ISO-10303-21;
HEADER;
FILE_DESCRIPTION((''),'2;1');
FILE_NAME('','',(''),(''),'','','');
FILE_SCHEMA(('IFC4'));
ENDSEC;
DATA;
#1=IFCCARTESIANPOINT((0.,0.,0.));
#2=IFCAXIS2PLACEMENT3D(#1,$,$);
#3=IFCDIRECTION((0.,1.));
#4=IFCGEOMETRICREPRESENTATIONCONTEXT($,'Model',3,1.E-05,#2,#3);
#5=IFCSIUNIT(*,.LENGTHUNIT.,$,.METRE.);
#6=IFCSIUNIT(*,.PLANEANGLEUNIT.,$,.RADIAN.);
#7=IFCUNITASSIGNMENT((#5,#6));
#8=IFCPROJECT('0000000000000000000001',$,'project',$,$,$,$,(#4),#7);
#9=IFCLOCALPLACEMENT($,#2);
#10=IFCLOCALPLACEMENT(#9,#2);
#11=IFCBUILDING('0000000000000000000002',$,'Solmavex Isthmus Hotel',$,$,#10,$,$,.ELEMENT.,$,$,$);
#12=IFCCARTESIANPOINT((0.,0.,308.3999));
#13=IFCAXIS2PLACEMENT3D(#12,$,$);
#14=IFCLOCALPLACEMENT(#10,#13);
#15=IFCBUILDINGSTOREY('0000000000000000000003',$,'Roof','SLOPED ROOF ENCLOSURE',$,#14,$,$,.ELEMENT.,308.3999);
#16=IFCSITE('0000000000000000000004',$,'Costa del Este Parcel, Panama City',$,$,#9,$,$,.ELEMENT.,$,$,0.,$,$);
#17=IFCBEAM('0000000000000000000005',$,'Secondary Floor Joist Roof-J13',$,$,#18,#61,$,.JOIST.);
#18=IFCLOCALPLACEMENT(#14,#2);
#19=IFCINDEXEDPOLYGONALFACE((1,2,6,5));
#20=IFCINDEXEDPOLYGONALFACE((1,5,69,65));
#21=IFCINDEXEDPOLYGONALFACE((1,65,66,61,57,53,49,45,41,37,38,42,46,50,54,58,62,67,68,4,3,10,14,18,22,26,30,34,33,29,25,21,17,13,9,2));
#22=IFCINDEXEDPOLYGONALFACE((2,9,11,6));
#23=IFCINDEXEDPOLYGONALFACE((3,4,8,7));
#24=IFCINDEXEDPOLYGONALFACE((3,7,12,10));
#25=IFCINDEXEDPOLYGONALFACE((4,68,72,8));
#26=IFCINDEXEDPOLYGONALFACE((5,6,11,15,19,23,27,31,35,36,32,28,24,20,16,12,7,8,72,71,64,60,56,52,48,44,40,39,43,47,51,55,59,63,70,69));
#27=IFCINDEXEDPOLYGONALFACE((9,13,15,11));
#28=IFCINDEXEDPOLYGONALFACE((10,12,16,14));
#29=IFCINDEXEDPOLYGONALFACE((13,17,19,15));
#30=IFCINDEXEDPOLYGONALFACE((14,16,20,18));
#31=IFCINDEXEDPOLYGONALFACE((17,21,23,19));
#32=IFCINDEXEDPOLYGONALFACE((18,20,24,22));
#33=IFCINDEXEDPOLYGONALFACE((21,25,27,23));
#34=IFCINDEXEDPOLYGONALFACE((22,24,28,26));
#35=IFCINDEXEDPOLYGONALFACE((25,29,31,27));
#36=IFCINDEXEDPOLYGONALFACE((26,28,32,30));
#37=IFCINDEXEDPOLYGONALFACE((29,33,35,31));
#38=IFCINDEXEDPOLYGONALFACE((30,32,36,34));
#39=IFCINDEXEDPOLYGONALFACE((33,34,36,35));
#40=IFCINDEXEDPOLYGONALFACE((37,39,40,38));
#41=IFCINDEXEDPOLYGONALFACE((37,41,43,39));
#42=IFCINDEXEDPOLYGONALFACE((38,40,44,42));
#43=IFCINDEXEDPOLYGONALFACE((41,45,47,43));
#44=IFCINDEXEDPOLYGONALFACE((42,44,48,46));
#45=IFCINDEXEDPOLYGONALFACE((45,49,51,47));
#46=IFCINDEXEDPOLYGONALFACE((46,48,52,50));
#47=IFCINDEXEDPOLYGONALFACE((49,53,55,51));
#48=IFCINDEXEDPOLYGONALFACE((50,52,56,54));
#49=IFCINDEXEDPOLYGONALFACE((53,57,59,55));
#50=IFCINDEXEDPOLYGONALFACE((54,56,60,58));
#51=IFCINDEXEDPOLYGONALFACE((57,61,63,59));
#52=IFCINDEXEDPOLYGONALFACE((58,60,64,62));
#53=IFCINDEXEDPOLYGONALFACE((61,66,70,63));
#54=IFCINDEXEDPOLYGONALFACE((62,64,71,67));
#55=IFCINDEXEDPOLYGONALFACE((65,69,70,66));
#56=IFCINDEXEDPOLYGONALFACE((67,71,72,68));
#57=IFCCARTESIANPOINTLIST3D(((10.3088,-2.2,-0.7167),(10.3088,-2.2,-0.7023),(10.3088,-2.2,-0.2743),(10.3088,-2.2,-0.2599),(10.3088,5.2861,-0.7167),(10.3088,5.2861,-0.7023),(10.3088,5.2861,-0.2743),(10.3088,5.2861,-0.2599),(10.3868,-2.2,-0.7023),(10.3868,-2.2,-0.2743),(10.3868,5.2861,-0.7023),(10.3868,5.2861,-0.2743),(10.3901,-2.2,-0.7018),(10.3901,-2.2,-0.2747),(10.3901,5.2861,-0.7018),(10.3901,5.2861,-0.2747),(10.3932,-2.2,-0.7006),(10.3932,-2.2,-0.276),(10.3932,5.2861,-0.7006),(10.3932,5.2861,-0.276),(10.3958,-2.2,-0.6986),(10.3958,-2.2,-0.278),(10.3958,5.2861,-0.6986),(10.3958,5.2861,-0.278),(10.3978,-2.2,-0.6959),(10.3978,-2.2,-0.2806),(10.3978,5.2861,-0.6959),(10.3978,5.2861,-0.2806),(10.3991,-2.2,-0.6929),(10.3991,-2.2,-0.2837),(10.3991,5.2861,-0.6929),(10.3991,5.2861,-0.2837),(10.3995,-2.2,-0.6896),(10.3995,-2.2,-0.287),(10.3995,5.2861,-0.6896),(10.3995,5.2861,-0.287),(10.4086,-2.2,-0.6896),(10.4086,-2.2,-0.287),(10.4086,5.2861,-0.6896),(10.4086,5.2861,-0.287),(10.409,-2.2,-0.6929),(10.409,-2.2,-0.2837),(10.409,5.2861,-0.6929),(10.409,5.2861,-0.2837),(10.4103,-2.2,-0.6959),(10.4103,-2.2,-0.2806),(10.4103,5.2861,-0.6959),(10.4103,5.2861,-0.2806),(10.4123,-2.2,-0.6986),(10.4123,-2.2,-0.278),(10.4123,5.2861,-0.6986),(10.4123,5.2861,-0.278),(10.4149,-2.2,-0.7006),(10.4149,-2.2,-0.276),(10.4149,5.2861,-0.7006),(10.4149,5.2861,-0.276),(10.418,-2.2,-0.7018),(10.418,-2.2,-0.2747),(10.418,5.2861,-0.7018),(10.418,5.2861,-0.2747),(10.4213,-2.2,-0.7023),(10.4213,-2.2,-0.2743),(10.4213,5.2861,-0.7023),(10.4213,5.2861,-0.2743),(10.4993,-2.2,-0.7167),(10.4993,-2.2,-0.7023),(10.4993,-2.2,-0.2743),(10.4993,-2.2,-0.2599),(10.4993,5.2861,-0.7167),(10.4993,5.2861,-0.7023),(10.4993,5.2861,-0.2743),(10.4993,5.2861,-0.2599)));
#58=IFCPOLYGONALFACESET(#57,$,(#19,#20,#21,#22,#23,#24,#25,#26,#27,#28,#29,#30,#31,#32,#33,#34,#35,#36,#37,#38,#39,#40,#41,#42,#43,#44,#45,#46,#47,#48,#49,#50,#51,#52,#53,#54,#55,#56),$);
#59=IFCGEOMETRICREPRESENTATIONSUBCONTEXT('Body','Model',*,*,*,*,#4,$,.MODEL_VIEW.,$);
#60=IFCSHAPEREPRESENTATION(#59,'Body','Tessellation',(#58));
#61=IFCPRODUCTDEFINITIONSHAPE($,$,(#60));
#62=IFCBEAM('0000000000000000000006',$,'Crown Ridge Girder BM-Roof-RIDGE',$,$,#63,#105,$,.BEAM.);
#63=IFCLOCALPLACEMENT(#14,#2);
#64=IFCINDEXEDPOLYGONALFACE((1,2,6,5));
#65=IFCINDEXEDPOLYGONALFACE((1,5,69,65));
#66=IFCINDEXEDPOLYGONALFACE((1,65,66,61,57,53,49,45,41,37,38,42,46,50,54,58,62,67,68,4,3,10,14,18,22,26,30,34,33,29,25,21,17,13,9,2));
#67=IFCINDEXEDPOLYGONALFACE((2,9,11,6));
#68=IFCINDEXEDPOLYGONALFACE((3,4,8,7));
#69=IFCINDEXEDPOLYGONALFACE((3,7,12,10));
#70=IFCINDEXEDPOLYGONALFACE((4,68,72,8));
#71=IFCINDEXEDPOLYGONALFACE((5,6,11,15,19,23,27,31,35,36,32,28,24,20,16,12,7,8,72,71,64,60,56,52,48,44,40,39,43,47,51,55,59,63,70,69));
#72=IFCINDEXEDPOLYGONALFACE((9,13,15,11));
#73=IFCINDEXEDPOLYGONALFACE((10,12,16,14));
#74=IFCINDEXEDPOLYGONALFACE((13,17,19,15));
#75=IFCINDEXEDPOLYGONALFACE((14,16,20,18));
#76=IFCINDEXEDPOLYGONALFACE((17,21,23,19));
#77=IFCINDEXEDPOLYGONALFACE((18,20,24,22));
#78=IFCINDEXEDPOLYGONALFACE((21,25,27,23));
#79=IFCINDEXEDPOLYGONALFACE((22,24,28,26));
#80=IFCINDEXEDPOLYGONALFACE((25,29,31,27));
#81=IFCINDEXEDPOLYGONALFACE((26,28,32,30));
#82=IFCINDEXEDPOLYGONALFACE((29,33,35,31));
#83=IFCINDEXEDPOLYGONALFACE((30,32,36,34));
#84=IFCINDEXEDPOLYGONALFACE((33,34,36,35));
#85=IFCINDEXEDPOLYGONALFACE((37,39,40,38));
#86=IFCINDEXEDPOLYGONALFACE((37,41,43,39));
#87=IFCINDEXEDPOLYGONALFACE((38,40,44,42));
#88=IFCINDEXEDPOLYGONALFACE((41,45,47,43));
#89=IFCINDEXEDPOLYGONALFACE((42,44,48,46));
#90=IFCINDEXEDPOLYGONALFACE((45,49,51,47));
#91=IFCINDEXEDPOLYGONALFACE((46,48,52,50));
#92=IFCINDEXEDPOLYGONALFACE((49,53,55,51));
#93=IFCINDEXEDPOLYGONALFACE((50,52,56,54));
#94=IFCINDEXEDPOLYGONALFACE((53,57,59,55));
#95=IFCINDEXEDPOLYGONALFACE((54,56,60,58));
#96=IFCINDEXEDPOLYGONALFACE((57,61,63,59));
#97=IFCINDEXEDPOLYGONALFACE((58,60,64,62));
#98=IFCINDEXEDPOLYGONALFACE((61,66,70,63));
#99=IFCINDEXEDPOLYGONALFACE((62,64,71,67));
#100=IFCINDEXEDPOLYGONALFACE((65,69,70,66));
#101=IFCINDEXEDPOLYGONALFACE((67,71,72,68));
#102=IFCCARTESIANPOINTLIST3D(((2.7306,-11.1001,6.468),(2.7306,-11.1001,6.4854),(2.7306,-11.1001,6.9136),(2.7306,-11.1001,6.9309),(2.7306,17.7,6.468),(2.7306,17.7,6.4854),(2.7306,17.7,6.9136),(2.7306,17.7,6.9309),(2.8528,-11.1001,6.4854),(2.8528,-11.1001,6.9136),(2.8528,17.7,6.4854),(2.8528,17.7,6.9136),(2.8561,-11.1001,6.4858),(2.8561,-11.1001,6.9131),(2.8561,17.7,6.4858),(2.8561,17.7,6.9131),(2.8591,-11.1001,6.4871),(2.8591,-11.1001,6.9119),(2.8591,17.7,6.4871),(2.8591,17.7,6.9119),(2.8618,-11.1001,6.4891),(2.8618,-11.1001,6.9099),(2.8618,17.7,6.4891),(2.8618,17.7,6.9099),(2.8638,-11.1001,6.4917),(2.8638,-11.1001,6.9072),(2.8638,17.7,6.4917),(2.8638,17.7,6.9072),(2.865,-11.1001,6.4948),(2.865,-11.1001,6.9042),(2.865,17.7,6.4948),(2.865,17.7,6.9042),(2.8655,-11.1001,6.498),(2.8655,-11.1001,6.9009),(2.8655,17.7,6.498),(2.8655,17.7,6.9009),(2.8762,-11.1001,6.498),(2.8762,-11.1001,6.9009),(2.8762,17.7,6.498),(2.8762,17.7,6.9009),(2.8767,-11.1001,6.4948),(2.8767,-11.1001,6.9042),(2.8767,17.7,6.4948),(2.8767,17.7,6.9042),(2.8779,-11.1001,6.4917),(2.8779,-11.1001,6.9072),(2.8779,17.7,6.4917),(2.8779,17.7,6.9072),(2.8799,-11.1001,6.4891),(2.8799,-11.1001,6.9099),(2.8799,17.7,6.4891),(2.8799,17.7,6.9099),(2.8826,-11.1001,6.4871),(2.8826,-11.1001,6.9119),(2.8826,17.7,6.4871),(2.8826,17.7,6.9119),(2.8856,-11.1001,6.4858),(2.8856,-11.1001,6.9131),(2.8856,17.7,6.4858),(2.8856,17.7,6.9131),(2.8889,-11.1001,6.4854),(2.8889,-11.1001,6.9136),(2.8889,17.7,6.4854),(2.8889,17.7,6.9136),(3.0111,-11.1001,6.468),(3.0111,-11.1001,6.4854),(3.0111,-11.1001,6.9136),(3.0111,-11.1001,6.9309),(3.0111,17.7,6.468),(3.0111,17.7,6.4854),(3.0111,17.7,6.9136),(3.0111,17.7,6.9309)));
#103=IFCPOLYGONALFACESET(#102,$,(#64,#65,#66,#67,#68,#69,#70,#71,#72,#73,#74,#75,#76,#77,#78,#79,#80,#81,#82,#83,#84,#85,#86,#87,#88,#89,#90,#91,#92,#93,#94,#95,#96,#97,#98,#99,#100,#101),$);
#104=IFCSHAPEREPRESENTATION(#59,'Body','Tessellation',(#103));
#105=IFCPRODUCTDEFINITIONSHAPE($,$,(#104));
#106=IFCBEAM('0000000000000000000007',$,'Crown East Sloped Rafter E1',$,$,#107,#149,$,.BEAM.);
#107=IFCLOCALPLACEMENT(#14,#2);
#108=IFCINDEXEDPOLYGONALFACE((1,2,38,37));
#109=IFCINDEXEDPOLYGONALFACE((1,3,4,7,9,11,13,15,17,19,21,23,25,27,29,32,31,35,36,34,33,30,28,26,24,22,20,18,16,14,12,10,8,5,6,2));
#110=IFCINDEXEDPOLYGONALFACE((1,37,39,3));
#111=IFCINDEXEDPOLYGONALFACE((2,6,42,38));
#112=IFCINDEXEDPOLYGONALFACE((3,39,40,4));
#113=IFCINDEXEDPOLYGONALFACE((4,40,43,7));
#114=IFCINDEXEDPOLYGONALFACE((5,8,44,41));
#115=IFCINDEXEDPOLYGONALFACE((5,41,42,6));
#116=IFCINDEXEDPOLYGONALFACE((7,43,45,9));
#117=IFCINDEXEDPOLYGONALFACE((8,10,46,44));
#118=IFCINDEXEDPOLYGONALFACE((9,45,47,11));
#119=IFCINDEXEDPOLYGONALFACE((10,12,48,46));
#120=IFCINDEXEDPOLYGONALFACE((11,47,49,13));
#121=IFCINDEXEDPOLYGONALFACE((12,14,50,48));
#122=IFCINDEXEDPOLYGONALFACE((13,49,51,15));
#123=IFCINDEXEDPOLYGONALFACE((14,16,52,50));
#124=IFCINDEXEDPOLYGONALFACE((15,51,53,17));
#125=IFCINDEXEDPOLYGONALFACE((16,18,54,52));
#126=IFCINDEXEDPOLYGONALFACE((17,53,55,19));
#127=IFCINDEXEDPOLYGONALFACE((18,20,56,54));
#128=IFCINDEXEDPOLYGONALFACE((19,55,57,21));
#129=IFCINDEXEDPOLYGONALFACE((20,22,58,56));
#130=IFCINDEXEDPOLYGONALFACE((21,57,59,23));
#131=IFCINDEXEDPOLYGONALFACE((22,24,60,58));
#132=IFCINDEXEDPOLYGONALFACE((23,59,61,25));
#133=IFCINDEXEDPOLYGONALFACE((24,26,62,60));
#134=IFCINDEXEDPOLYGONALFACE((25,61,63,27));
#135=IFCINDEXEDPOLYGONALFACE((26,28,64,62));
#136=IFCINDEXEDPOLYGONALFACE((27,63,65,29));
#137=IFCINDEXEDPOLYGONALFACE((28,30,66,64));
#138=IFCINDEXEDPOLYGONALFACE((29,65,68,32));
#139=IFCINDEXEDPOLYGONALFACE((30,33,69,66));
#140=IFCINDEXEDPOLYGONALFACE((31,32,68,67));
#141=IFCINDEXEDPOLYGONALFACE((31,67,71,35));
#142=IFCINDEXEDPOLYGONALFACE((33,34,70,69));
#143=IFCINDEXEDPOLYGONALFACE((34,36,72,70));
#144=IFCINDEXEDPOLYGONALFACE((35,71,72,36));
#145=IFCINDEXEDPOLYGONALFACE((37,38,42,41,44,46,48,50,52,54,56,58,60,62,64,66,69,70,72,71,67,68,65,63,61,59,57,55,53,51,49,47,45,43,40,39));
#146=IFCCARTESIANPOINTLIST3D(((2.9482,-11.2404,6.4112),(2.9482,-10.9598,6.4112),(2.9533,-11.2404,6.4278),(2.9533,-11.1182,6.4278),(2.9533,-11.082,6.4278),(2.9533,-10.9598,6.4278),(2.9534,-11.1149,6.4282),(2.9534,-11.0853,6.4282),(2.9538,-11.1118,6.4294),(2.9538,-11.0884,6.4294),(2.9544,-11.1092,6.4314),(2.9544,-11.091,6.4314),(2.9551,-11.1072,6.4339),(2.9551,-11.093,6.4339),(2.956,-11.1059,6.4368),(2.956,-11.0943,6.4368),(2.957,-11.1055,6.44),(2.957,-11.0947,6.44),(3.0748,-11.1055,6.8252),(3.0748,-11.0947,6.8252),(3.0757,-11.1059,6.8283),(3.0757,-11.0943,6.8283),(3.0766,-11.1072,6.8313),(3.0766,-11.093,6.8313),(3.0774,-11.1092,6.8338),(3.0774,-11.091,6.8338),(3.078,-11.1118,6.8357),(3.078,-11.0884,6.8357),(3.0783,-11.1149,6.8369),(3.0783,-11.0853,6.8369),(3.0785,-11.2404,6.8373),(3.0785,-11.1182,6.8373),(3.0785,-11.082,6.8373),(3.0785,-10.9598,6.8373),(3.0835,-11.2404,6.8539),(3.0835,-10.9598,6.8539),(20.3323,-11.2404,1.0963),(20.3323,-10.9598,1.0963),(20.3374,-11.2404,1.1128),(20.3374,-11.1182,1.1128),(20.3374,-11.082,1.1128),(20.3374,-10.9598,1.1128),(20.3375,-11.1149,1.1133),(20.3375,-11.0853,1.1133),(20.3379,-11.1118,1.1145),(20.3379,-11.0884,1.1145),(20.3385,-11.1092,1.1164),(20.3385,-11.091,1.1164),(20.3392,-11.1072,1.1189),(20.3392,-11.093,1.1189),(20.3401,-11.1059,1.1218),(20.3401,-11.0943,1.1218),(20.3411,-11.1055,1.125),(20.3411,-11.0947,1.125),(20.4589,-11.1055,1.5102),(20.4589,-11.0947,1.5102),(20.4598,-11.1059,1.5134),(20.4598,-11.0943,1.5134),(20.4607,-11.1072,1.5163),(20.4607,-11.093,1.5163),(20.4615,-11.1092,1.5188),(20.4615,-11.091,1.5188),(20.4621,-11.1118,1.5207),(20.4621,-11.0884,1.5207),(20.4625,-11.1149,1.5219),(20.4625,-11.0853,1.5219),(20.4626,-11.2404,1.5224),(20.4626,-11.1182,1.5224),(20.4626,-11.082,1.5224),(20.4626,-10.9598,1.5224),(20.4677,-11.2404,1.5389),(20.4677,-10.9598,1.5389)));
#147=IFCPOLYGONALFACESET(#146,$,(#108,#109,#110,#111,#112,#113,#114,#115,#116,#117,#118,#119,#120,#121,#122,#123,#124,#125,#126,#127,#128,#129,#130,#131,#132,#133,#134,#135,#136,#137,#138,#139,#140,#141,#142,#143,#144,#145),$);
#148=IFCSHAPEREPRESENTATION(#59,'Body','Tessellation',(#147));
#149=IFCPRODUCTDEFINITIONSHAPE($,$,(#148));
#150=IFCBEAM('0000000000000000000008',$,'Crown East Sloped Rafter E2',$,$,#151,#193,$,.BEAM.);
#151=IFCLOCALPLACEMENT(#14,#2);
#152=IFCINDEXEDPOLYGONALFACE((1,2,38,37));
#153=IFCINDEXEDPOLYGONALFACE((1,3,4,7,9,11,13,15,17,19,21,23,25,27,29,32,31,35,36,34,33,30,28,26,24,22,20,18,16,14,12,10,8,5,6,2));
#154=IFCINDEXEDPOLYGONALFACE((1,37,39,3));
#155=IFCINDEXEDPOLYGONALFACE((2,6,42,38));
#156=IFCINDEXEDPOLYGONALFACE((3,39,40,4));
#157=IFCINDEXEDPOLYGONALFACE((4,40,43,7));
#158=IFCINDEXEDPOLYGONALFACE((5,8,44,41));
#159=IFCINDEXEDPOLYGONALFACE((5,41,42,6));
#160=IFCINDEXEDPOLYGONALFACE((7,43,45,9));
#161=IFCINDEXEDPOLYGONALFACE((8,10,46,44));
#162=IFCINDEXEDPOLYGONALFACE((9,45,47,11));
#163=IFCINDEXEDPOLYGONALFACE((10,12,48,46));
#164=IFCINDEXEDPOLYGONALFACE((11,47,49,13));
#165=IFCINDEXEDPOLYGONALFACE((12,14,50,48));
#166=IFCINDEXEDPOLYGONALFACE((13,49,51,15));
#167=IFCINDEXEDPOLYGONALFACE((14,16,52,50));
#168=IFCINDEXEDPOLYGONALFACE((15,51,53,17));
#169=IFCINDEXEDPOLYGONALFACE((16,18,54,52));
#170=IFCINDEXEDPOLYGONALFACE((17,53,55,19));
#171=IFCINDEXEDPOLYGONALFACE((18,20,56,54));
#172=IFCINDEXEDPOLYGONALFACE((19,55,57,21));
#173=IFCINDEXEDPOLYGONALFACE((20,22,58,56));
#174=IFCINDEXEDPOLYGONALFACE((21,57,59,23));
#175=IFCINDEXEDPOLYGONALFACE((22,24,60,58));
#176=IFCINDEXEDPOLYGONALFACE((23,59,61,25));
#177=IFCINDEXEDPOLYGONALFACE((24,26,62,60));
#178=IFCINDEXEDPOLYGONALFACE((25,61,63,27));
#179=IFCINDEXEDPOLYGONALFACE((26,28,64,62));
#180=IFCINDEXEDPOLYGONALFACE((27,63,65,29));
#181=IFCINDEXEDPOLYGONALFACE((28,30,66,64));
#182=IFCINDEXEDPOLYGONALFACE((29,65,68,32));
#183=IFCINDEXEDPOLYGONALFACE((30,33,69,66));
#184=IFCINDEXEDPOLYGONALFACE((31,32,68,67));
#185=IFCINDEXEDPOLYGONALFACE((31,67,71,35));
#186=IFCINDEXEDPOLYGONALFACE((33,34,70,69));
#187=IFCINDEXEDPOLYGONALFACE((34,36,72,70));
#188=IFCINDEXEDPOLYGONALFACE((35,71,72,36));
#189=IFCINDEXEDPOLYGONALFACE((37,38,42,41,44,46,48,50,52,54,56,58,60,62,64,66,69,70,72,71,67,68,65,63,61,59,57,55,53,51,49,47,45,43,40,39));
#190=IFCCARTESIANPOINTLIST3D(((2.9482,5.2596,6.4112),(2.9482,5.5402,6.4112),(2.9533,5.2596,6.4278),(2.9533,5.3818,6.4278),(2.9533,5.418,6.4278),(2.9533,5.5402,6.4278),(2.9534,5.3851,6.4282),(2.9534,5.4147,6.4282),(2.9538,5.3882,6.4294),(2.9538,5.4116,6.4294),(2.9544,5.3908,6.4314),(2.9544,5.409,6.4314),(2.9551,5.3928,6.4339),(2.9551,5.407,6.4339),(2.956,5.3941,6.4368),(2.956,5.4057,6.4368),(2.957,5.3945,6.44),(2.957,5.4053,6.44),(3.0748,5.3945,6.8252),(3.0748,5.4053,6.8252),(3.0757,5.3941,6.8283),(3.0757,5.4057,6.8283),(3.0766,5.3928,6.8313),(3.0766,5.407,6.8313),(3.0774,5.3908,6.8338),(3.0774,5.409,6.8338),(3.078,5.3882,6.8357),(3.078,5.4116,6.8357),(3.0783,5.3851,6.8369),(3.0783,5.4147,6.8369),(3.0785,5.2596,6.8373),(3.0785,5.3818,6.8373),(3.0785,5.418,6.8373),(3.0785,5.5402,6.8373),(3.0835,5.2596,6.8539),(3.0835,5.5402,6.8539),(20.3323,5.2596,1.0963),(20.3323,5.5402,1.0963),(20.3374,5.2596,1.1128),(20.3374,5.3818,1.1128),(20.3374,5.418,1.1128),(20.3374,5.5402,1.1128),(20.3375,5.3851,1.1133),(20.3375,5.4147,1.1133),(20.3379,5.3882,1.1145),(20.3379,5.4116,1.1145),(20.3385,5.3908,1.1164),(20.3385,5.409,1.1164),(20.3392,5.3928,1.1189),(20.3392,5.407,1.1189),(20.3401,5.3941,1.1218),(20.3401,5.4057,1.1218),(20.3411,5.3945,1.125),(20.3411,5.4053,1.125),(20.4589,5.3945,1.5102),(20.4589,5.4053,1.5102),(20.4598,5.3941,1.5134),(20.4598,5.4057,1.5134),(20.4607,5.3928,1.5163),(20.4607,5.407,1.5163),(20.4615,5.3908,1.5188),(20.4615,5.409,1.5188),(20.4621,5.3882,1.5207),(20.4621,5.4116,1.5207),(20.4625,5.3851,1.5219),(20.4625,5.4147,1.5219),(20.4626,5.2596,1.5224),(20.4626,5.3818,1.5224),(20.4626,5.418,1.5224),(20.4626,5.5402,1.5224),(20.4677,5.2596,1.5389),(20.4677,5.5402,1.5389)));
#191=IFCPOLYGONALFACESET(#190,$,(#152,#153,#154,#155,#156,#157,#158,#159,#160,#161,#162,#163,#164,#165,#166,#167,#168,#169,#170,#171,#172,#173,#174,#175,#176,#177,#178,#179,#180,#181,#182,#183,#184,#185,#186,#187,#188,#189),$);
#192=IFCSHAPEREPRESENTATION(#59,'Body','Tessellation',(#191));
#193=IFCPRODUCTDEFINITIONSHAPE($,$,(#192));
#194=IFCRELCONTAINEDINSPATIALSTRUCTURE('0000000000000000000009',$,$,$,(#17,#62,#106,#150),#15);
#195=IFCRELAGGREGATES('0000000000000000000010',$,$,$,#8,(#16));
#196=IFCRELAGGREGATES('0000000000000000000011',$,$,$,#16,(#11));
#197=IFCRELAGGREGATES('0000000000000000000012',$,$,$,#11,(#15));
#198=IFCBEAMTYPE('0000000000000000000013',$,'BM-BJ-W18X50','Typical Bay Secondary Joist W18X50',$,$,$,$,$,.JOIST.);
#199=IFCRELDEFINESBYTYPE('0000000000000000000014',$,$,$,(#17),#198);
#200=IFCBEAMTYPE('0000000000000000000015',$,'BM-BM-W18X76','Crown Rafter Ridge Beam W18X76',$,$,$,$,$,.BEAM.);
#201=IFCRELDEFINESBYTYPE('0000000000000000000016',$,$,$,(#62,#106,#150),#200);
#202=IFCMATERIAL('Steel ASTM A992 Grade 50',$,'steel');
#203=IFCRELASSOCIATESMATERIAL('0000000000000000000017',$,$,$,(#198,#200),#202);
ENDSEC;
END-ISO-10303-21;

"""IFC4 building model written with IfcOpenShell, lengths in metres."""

from ifc_helpers import new_model, si_unit, direction, frame, origin, origin_2d, place, context, subcontext, project, spatial, i_section, extrude, material, material_profile, profile_set, type_object, element, save


model = new_model("IFC4")

# Units and contexts
model_context = context("Model", 3, precision=1e-05, world=origin(), true_north=direction((0.0, 1.0)))
body_context = subcontext(model_context, "Body", "Model", "MODEL_VIEW")
ifc_project = project(units=[si_unit("LENGTHUNIT", "METRE"), si_unit("PLANEANGLEUNIT", "RADIAN")], contexts=[model_context])

# Site, building, storey
site_placement = place(None, origin())
site = spatial("IfcSite", under=ifc_project, at=site_placement, Name="Costa del Este Parcel, Panama City", CompositionType="ELEMENT", RefElevation=0.0)
building_placement = place(site_placement, origin())
building = spatial("IfcBuilding", under=site, at=building_placement, Name="Solmavex Isthmus Hotel", CompositionType="ELEMENT")
storey_placement = place(building_placement, frame((0.0, 0.0, 308.3999)))
storey = spatial("IfcBuildingStorey", under=building, at=storey_placement, Name="Roof", Description="SLOPED ROOF ENCLOSURE", CompositionType="ELEMENT", Elevation=308.3999)

# Beams
ifc_material_1 = material(Name="Steel ASTM A992 Grade 50", Category="steel")
ifc_material_profile_1 = material_profile(ifc_material_1, i_section(OverallWidth=0.1904, OverallDepth=0.4568, WebThickness=0.009, FlangeThickness=0.0144, FilletRadius=0.0127, at=origin_2d()), Name="W18X50")
ifc_profile_set_1 = profile_set([ifc_material_profile_1], Name="Steel ASTM A992 Grade 50")
beam_type_1 = type_object("IfcBeamType", Name="BM-BJ-W18X50", Description="Typical Bay Secondary Joist W18X50", PredefinedType="JOIST", material=ifc_profile_set_1)
for number, where, z_axis, x_axis, name in (
    (1, (10.4041, -2.2, -0.4883), (0.0, 1.0, 0.0), (-1.0, 0.0, 0.0), "Secondary Floor Joist Roof-J13"),
):
    element("IfcBeam", number, at=place(storey_placement, frame(where, z_axis=z_axis, x_axis=x_axis)), inside=storey, type_object=beam_type_1, Name=name, PredefinedType="JOIST", context=body_context, shape_type="SweptSolid", body=[
        extrude(i_section(OverallWidth=0.1904, OverallDepth=0.4568, WebThickness=0.009, FlangeThickness=0.0144, FilletRadius=0.0127, at=origin_2d()), origin(), (0.0, 0.0, 1.0), 7.4861),
    ])
ifc_material_profile_2 = material_profile(ifc_material_1, i_section(OverallWidth=0.2805, OverallDepth=0.4629, WebThickness=0.0107, FlangeThickness=0.0173, FilletRadius=0.0127, at=origin_2d()), Name="W18X76")
ifc_profile_set_2 = profile_set([ifc_material_profile_2], Name="Steel ASTM A992 Grade 50")
beam_type_2 = type_object("IfcBeamType", Name="BM-BM-W18X76", Description="Crown Rafter Ridge Beam W18X76", PredefinedType="BEAM", material=ifc_profile_set_2)
beam_placement = place(storey_placement, frame((2.8708, -11.1001, 6.6995), z_axis=(0.0, 1.0, 0.0), x_axis=(-1.0, 0.0, 0.0)))
element("IfcBeam", 2, at=beam_placement, inside=storey, type_object=beam_type_2, Name="Crown Ridge Girder BM-Roof-RIDGE", PredefinedType="BEAM", context=body_context, shape_type="SweptSolid", body=[
    extrude(i_section(OverallWidth=0.2805, OverallDepth=0.4629, WebThickness=0.0107, FlangeThickness=0.0173, FilletRadius=0.0127, at=origin_2d()), origin(), (0.0, 0.0, 1.0), 28.8),
])
for number, where, z_axis, x_axis, name in (
    (3, (3.0159, -11.1001, 6.6326), (0.956303, 0.0, -0.292377), (0.0, 1.0, 0.0), "Crown East Sloped Rafter E1"),
    (4, (3.0159, 5.3999, 6.6326), (0.956303, 0.0, -0.292377), (0.0, 1.0, 0.0), "Crown East Sloped Rafter E2"),
):
    element("IfcBeam", number, at=place(storey_placement, frame(where, z_axis=z_axis, x_axis=x_axis)), inside=storey, type_object=beam_type_2, Name=name, PredefinedType="BEAM", context=body_context, shape_type="SweptSolid", body=[
        extrude(i_section(OverallWidth=0.2805, OverallDepth=0.4629, WebThickness=0.0107, FlangeThickness=0.0173, FilletRadius=0.0127, at=origin_2d()), origin(), (0.0, 0.0, 1.0), 18.1785),
    ])

save(model, "model.ifc")
